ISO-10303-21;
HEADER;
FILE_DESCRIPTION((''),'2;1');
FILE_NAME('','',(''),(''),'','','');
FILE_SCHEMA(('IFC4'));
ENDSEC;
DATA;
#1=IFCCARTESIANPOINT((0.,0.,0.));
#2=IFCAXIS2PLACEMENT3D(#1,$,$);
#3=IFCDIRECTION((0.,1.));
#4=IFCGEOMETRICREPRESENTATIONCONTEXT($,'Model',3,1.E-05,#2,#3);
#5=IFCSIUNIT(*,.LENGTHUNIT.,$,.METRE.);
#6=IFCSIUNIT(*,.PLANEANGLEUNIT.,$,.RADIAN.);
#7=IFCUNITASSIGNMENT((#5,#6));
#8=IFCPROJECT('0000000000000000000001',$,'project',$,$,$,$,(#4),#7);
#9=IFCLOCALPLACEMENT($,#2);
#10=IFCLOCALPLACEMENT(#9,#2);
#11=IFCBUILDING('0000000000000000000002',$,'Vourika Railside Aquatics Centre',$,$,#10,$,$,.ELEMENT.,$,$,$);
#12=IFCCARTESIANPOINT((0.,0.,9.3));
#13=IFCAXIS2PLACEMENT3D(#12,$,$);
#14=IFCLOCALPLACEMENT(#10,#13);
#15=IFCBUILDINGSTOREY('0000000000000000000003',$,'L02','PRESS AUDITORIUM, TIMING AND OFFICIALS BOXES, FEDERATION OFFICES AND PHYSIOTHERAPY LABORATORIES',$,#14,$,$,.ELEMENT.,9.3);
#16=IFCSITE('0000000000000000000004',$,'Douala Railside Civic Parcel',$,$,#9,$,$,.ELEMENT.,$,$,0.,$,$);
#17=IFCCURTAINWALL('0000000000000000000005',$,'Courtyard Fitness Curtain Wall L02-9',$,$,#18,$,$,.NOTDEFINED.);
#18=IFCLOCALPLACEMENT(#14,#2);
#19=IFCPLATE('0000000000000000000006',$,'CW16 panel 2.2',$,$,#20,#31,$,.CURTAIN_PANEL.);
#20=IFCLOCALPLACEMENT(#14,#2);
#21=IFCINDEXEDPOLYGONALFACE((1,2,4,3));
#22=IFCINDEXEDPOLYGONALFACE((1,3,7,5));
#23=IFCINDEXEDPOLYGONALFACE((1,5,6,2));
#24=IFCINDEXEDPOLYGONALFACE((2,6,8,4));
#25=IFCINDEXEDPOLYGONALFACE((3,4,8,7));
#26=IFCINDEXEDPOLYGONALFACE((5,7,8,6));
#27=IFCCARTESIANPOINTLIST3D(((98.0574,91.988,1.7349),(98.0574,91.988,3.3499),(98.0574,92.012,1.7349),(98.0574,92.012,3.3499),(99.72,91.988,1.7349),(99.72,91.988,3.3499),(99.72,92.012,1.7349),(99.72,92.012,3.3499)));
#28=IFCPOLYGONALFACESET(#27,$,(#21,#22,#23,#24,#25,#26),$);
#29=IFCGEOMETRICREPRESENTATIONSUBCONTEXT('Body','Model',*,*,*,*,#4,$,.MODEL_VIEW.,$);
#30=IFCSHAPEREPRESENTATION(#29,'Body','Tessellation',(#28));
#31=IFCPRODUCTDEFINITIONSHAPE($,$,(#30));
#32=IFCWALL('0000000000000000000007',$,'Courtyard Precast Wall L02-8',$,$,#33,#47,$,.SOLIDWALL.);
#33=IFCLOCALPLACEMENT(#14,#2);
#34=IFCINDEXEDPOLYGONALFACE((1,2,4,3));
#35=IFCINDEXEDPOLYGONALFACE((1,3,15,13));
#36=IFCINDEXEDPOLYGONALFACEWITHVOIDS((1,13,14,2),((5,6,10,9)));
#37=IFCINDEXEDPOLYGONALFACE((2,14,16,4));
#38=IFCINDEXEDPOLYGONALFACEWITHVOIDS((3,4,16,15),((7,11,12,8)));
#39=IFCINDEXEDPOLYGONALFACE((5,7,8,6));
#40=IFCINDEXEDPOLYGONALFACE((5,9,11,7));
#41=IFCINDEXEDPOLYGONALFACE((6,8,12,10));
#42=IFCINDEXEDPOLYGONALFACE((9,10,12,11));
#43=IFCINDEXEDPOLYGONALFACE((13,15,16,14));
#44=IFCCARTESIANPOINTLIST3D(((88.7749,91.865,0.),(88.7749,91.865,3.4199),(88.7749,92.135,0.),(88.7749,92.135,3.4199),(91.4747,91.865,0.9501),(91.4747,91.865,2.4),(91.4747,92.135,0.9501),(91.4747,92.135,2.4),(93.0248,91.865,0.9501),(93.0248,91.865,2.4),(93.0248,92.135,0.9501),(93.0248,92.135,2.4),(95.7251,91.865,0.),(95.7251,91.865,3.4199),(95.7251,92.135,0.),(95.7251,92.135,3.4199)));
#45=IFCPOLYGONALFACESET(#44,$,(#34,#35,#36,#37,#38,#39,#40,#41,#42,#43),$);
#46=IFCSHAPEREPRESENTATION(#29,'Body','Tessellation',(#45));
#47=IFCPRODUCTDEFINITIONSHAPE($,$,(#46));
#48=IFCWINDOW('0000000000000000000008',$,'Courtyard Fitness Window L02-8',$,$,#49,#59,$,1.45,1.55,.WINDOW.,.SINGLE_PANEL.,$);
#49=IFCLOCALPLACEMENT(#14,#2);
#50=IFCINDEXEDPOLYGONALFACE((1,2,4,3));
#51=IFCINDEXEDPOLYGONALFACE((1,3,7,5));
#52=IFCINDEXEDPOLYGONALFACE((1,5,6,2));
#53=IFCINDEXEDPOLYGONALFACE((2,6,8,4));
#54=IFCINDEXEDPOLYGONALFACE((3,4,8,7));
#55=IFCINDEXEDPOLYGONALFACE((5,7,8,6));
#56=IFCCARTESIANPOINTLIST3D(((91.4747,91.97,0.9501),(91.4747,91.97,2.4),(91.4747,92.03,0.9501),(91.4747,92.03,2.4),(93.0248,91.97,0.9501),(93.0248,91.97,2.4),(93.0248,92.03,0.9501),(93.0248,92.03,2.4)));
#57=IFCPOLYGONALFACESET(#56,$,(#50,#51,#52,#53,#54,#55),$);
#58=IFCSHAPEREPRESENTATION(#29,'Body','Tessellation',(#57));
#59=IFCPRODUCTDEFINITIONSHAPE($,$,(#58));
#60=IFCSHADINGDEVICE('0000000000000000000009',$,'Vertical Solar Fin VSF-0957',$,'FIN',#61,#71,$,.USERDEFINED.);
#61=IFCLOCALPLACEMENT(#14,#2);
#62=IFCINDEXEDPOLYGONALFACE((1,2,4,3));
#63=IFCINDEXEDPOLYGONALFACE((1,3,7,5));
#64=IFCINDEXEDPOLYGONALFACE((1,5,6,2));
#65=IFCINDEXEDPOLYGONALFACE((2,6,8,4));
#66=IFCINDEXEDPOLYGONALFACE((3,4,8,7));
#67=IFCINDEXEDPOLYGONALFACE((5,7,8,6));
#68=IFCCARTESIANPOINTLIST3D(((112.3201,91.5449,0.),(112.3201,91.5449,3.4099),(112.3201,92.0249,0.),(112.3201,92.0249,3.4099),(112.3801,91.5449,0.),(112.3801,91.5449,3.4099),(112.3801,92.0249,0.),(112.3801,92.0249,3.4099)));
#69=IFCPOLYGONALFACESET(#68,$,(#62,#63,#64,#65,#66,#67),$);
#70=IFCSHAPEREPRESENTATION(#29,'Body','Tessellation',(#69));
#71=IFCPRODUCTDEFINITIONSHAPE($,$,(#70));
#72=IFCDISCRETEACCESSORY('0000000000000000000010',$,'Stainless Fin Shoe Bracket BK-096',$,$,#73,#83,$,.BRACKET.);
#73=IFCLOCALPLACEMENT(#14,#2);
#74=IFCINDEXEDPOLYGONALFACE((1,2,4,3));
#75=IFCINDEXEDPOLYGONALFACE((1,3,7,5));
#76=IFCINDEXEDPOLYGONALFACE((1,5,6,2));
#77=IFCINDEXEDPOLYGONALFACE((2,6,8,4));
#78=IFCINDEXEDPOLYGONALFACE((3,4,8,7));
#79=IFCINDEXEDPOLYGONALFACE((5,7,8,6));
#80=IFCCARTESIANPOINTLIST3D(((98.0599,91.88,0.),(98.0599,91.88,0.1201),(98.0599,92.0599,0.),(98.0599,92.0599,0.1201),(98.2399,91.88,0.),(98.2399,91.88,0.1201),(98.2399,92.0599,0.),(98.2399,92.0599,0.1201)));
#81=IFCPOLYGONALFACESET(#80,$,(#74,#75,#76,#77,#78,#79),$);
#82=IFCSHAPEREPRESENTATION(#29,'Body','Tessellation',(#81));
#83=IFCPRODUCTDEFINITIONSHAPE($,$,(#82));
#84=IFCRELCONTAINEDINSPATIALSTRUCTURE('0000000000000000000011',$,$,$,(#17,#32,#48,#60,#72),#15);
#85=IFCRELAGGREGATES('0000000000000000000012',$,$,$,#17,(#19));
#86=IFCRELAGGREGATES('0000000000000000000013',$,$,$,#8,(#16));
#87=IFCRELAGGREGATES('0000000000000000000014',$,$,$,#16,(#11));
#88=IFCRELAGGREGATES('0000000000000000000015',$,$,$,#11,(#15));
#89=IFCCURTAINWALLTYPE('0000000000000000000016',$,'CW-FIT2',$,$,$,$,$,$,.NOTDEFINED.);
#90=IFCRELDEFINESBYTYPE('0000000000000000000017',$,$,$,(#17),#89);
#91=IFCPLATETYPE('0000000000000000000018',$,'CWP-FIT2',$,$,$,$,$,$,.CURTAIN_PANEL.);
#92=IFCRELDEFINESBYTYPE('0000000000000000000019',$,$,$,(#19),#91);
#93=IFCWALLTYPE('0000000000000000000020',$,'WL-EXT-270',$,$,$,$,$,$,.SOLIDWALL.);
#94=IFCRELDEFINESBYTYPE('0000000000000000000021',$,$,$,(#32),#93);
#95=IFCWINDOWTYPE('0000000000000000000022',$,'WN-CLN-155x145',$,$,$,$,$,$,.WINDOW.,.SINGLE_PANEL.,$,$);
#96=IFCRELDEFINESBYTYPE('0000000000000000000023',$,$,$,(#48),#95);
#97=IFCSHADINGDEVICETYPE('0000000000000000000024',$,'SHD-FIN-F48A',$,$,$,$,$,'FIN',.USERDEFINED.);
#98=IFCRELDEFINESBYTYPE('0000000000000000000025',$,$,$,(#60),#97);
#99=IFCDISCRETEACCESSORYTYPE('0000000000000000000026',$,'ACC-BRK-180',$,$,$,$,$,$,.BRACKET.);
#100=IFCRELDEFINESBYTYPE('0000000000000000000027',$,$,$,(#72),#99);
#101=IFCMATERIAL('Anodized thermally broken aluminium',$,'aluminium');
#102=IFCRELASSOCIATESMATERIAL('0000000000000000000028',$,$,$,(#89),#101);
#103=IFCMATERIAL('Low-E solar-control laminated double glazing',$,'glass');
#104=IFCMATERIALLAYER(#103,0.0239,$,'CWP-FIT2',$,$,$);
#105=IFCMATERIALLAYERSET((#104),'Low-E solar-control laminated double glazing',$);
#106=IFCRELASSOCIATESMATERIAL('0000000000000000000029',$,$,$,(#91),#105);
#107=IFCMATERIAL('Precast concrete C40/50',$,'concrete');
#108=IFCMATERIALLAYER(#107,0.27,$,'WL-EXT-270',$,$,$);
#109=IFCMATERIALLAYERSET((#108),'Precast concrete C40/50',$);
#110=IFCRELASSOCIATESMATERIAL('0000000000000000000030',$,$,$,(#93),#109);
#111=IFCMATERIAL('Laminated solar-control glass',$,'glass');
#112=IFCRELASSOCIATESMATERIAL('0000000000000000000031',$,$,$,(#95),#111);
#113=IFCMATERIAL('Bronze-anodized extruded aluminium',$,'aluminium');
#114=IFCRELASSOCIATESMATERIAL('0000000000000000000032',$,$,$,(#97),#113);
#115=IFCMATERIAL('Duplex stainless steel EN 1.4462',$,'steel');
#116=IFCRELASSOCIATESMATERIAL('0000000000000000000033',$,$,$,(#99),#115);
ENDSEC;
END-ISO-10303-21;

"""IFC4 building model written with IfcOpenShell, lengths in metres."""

from ifc_helpers import new_model, si_unit, direction, frame, frame_2d, origin, origin_2d, place, context, subcontext, project, spatial, rectangle, extrude, material, layer, layer_set, material_profile, profile_set, type_object, element, fill, aggregate, save


model = new_model("IFC4")

# Units and contexts
model_context = context("Model", 3, precision=1e-05, world=origin(), true_north=direction((0.0, 1.0)))
body_context = subcontext(model_context, "Body", "Model", "MODEL_VIEW")
ifc_project = project(units=[si_unit("LENGTHUNIT", "METRE"), si_unit("PLANEANGLEUNIT", "RADIAN")], contexts=[model_context])

# Site, building, storey
site_placement = place(None, origin())
site = spatial("IfcSite", under=ifc_project, at=site_placement, Name="Douala Railside Civic Parcel", CompositionType="ELEMENT", RefElevation=0.0)
building_placement = place(site_placement, origin())
building = spatial("IfcBuilding", under=site, at=building_placement, Name="Vourika Railside Aquatics Centre", CompositionType="ELEMENT")
storey_placement = place(building_placement, frame((0.0, 0.0, 9.3)))
storey = spatial("IfcBuildingStorey", under=building, at=storey_placement, Name="L02", Description="PRESS AUDITORIUM, TIMING AND OFFICIALS BOXES, FEDERATION OFFICES AND PHYSIOTHERAPY LABORATORIES", CompositionType="ELEMENT", Elevation=9.3)

# Curtain wall
ifc_material_1 = material(Name="Anodized thermally broken aluminium", Category="aluminium")
curtain_wall_type = type_object("IfcCurtainWallType", Name="CW-FIT2", PredefinedType="NOTDEFINED", material=ifc_material_1)
curtain_wall_1_placement = place(storey_placement, origin())
curtain_wall_1 = element("IfcCurtainWall", 1, at=curtain_wall_1_placement, inside=storey, type_object=curtain_wall_type, Name="Courtyard Fitness Curtain Wall L02-9", PredefinedType="NOTDEFINED")

# Plate
ifc_material_2 = material(Name="Low-E solar-control laminated double glazing", Category="glass")
ifc_layer_1 = layer(ifc_material_2, 0.0239, Name="CWP-FIT2")
ifc_layer_set_1 = layer_set([ifc_layer_1], Name="Low-E solar-control laminated double glazing")
plate_type = type_object("IfcPlateType", Name="CWP-FIT2", PredefinedType="CURTAIN_PANEL", material=ifc_layer_set_1)
plate_1_placement = place(storey_placement, frame((98.8887, 92.0, 1.7349), z_axis=(0.0, 0.0, 1.0), x_axis=(1.0, 0.0, 0.0)))
plate_1 = element("IfcPlate", 2, at=plate_1_placement, type_object=plate_type, Name="CW16 panel 2.2", PredefinedType="CURTAIN_PANEL", context=body_context, shape_type="SweptSolid", body=[
    extrude(rectangle(XDim=1.6626, YDim=0.0239, at=origin_2d()), origin(), (0.0, 0.0, 1.0), 1.615),
])
aggregate(curtain_wall_1, [plate_1])

# Wall, opening, window
ifc_material_3 = material(Name="Precast concrete C40/50", Category="concrete")
ifc_layer_2 = layer(ifc_material_3, 0.27, Name="WL-EXT-270")
ifc_layer_set_2 = layer_set([ifc_layer_2], Name="Precast concrete C40/50")
wall_type = type_object("IfcWallType", Name="WL-EXT-270", PredefinedType="SOLIDWALL", material=ifc_layer_set_2)
wall_placement = place(storey_placement, frame((88.7749, 92.0, 0.0), z_axis=(0.0, 0.0, 1.0), x_axis=(1.0, 0.0, 0.0)))
wall = element("IfcWall", 3, at=wall_placement, inside=storey, type_object=wall_type, Name="Courtyard Precast Wall L02-8", PredefinedType="SOLIDWALL", context=body_context, shape_type="SweptSolid", body=[
    extrude(rectangle(XDim=6.9502, YDim=0.27, at=frame_2d((3.4751, 0.0))), origin(), (0.0, 0.0, 1.0), 3.4199),
])
opening_placement = place(wall_placement, frame((2.7, 0.0, 0.95)))
opening = element("IfcOpeningElement", 4, at=opening_placement, cuts=wall, PredefinedType="OPENING", context=body_context, shape_type="SweptSolid", body=[
    extrude(rectangle(XDim=1.55, YDim=1.45, at=frame_2d((0.7749, 0.7251))), frame((0.0, 0.145, 0.0), z_axis=(0.0, -1.0, 0.0), x_axis=(1.0, 0.0, 0.0)), (0.0, 0.0, 1.0), 0.29),
])
ifc_material_4 = material(Name="Laminated solar-control glass", Category="glass")
window_type = type_object("IfcWindowType", Name="WN-CLN-155x145", PartitioningType="SINGLE_PANEL", PredefinedType="WINDOW", material=ifc_material_4)
window_placement = place(opening_placement, origin())
window = element("IfcWindow", 5, at=window_placement, inside=storey, type_object=window_type, Name="Courtyard Fitness Window L02-8", OverallHeight=1.45, OverallWidth=1.55, PartitioningType="SINGLE_PANEL", PredefinedType="WINDOW", context=body_context, shape_type="SweptSolid", body=[
    extrude(rectangle(XDim=1.55, YDim=1.45, at=frame_2d((0.7749, 0.7251))), frame((0.0, 0.03, 0.0), z_axis=(0.0, -1.0, 0.0), x_axis=(1.0, 0.0, 0.0)), (0.0, 0.0, 1.0), 0.0601),
])
fill(opening, window)

# Shading device
ifc_material_5 = material(Name="Bronze-anodized extruded aluminium", Category="aluminium")
ifc_material_profile_1 = material_profile(ifc_material_5, rectangle(XDim=0.0601, YDim=0.48, at=origin_2d()), Name="ALU-FIN 60x480")
ifc_profile_set_1 = profile_set([ifc_material_profile_1], Name="Bronze-anodized extruded aluminium")
shading_device_type = type_object("IfcShadingDeviceType", Name="SHD-FIN-F48A", ElementType="FIN", PredefinedType="USERDEFINED", material=ifc_profile_set_1)
shading_device_placement = place(storey_placement, frame((112.3501, 91.7849, 0.0), z_axis=(0.0, 0.0, 1.0), x_axis=(-1.0, 0.0, 0.0)))
element("IfcShadingDevice", 6, at=shading_device_placement, inside=storey, type_object=shading_device_type, Name="Vertical Solar Fin VSF-0957", ObjectType="FIN", PredefinedType="USERDEFINED", context=body_context, shape_type="SweptSolid", body=[
    extrude(rectangle(XDim=0.0601, YDim=0.48, at=origin_2d()), origin(), (0.0, 0.0, 1.0), 3.4099),
])

# Discrete accessory
ifc_material_6 = material(Name="Duplex stainless steel EN 1.4462", Category="steel")
discrete_accessory_type = type_object("IfcDiscreteAccessoryType", Name="ACC-BRK-180", PredefinedType="BRACKET", material=ifc_material_6)
discrete_accessory_placement = place(storey_placement, frame((98.1499, 91.97, 0.0), z_axis=(0.0, 0.0, 1.0), x_axis=(0.0, -1.0, 0.0)))
element("IfcDiscreteAccessory", 7, at=discrete_accessory_placement, inside=storey, type_object=discrete_accessory_type, Name="Stainless Fin Shoe Bracket BK-096", PredefinedType="BRACKET", context=body_context, shape_type="SweptSolid", body=[
    extrude(rectangle(XDim=0.1799, YDim=0.1799, at=origin_2d()), origin(), (0.0, 0.0, 1.0), 0.1201),
])

save(model, "model.ifc")
